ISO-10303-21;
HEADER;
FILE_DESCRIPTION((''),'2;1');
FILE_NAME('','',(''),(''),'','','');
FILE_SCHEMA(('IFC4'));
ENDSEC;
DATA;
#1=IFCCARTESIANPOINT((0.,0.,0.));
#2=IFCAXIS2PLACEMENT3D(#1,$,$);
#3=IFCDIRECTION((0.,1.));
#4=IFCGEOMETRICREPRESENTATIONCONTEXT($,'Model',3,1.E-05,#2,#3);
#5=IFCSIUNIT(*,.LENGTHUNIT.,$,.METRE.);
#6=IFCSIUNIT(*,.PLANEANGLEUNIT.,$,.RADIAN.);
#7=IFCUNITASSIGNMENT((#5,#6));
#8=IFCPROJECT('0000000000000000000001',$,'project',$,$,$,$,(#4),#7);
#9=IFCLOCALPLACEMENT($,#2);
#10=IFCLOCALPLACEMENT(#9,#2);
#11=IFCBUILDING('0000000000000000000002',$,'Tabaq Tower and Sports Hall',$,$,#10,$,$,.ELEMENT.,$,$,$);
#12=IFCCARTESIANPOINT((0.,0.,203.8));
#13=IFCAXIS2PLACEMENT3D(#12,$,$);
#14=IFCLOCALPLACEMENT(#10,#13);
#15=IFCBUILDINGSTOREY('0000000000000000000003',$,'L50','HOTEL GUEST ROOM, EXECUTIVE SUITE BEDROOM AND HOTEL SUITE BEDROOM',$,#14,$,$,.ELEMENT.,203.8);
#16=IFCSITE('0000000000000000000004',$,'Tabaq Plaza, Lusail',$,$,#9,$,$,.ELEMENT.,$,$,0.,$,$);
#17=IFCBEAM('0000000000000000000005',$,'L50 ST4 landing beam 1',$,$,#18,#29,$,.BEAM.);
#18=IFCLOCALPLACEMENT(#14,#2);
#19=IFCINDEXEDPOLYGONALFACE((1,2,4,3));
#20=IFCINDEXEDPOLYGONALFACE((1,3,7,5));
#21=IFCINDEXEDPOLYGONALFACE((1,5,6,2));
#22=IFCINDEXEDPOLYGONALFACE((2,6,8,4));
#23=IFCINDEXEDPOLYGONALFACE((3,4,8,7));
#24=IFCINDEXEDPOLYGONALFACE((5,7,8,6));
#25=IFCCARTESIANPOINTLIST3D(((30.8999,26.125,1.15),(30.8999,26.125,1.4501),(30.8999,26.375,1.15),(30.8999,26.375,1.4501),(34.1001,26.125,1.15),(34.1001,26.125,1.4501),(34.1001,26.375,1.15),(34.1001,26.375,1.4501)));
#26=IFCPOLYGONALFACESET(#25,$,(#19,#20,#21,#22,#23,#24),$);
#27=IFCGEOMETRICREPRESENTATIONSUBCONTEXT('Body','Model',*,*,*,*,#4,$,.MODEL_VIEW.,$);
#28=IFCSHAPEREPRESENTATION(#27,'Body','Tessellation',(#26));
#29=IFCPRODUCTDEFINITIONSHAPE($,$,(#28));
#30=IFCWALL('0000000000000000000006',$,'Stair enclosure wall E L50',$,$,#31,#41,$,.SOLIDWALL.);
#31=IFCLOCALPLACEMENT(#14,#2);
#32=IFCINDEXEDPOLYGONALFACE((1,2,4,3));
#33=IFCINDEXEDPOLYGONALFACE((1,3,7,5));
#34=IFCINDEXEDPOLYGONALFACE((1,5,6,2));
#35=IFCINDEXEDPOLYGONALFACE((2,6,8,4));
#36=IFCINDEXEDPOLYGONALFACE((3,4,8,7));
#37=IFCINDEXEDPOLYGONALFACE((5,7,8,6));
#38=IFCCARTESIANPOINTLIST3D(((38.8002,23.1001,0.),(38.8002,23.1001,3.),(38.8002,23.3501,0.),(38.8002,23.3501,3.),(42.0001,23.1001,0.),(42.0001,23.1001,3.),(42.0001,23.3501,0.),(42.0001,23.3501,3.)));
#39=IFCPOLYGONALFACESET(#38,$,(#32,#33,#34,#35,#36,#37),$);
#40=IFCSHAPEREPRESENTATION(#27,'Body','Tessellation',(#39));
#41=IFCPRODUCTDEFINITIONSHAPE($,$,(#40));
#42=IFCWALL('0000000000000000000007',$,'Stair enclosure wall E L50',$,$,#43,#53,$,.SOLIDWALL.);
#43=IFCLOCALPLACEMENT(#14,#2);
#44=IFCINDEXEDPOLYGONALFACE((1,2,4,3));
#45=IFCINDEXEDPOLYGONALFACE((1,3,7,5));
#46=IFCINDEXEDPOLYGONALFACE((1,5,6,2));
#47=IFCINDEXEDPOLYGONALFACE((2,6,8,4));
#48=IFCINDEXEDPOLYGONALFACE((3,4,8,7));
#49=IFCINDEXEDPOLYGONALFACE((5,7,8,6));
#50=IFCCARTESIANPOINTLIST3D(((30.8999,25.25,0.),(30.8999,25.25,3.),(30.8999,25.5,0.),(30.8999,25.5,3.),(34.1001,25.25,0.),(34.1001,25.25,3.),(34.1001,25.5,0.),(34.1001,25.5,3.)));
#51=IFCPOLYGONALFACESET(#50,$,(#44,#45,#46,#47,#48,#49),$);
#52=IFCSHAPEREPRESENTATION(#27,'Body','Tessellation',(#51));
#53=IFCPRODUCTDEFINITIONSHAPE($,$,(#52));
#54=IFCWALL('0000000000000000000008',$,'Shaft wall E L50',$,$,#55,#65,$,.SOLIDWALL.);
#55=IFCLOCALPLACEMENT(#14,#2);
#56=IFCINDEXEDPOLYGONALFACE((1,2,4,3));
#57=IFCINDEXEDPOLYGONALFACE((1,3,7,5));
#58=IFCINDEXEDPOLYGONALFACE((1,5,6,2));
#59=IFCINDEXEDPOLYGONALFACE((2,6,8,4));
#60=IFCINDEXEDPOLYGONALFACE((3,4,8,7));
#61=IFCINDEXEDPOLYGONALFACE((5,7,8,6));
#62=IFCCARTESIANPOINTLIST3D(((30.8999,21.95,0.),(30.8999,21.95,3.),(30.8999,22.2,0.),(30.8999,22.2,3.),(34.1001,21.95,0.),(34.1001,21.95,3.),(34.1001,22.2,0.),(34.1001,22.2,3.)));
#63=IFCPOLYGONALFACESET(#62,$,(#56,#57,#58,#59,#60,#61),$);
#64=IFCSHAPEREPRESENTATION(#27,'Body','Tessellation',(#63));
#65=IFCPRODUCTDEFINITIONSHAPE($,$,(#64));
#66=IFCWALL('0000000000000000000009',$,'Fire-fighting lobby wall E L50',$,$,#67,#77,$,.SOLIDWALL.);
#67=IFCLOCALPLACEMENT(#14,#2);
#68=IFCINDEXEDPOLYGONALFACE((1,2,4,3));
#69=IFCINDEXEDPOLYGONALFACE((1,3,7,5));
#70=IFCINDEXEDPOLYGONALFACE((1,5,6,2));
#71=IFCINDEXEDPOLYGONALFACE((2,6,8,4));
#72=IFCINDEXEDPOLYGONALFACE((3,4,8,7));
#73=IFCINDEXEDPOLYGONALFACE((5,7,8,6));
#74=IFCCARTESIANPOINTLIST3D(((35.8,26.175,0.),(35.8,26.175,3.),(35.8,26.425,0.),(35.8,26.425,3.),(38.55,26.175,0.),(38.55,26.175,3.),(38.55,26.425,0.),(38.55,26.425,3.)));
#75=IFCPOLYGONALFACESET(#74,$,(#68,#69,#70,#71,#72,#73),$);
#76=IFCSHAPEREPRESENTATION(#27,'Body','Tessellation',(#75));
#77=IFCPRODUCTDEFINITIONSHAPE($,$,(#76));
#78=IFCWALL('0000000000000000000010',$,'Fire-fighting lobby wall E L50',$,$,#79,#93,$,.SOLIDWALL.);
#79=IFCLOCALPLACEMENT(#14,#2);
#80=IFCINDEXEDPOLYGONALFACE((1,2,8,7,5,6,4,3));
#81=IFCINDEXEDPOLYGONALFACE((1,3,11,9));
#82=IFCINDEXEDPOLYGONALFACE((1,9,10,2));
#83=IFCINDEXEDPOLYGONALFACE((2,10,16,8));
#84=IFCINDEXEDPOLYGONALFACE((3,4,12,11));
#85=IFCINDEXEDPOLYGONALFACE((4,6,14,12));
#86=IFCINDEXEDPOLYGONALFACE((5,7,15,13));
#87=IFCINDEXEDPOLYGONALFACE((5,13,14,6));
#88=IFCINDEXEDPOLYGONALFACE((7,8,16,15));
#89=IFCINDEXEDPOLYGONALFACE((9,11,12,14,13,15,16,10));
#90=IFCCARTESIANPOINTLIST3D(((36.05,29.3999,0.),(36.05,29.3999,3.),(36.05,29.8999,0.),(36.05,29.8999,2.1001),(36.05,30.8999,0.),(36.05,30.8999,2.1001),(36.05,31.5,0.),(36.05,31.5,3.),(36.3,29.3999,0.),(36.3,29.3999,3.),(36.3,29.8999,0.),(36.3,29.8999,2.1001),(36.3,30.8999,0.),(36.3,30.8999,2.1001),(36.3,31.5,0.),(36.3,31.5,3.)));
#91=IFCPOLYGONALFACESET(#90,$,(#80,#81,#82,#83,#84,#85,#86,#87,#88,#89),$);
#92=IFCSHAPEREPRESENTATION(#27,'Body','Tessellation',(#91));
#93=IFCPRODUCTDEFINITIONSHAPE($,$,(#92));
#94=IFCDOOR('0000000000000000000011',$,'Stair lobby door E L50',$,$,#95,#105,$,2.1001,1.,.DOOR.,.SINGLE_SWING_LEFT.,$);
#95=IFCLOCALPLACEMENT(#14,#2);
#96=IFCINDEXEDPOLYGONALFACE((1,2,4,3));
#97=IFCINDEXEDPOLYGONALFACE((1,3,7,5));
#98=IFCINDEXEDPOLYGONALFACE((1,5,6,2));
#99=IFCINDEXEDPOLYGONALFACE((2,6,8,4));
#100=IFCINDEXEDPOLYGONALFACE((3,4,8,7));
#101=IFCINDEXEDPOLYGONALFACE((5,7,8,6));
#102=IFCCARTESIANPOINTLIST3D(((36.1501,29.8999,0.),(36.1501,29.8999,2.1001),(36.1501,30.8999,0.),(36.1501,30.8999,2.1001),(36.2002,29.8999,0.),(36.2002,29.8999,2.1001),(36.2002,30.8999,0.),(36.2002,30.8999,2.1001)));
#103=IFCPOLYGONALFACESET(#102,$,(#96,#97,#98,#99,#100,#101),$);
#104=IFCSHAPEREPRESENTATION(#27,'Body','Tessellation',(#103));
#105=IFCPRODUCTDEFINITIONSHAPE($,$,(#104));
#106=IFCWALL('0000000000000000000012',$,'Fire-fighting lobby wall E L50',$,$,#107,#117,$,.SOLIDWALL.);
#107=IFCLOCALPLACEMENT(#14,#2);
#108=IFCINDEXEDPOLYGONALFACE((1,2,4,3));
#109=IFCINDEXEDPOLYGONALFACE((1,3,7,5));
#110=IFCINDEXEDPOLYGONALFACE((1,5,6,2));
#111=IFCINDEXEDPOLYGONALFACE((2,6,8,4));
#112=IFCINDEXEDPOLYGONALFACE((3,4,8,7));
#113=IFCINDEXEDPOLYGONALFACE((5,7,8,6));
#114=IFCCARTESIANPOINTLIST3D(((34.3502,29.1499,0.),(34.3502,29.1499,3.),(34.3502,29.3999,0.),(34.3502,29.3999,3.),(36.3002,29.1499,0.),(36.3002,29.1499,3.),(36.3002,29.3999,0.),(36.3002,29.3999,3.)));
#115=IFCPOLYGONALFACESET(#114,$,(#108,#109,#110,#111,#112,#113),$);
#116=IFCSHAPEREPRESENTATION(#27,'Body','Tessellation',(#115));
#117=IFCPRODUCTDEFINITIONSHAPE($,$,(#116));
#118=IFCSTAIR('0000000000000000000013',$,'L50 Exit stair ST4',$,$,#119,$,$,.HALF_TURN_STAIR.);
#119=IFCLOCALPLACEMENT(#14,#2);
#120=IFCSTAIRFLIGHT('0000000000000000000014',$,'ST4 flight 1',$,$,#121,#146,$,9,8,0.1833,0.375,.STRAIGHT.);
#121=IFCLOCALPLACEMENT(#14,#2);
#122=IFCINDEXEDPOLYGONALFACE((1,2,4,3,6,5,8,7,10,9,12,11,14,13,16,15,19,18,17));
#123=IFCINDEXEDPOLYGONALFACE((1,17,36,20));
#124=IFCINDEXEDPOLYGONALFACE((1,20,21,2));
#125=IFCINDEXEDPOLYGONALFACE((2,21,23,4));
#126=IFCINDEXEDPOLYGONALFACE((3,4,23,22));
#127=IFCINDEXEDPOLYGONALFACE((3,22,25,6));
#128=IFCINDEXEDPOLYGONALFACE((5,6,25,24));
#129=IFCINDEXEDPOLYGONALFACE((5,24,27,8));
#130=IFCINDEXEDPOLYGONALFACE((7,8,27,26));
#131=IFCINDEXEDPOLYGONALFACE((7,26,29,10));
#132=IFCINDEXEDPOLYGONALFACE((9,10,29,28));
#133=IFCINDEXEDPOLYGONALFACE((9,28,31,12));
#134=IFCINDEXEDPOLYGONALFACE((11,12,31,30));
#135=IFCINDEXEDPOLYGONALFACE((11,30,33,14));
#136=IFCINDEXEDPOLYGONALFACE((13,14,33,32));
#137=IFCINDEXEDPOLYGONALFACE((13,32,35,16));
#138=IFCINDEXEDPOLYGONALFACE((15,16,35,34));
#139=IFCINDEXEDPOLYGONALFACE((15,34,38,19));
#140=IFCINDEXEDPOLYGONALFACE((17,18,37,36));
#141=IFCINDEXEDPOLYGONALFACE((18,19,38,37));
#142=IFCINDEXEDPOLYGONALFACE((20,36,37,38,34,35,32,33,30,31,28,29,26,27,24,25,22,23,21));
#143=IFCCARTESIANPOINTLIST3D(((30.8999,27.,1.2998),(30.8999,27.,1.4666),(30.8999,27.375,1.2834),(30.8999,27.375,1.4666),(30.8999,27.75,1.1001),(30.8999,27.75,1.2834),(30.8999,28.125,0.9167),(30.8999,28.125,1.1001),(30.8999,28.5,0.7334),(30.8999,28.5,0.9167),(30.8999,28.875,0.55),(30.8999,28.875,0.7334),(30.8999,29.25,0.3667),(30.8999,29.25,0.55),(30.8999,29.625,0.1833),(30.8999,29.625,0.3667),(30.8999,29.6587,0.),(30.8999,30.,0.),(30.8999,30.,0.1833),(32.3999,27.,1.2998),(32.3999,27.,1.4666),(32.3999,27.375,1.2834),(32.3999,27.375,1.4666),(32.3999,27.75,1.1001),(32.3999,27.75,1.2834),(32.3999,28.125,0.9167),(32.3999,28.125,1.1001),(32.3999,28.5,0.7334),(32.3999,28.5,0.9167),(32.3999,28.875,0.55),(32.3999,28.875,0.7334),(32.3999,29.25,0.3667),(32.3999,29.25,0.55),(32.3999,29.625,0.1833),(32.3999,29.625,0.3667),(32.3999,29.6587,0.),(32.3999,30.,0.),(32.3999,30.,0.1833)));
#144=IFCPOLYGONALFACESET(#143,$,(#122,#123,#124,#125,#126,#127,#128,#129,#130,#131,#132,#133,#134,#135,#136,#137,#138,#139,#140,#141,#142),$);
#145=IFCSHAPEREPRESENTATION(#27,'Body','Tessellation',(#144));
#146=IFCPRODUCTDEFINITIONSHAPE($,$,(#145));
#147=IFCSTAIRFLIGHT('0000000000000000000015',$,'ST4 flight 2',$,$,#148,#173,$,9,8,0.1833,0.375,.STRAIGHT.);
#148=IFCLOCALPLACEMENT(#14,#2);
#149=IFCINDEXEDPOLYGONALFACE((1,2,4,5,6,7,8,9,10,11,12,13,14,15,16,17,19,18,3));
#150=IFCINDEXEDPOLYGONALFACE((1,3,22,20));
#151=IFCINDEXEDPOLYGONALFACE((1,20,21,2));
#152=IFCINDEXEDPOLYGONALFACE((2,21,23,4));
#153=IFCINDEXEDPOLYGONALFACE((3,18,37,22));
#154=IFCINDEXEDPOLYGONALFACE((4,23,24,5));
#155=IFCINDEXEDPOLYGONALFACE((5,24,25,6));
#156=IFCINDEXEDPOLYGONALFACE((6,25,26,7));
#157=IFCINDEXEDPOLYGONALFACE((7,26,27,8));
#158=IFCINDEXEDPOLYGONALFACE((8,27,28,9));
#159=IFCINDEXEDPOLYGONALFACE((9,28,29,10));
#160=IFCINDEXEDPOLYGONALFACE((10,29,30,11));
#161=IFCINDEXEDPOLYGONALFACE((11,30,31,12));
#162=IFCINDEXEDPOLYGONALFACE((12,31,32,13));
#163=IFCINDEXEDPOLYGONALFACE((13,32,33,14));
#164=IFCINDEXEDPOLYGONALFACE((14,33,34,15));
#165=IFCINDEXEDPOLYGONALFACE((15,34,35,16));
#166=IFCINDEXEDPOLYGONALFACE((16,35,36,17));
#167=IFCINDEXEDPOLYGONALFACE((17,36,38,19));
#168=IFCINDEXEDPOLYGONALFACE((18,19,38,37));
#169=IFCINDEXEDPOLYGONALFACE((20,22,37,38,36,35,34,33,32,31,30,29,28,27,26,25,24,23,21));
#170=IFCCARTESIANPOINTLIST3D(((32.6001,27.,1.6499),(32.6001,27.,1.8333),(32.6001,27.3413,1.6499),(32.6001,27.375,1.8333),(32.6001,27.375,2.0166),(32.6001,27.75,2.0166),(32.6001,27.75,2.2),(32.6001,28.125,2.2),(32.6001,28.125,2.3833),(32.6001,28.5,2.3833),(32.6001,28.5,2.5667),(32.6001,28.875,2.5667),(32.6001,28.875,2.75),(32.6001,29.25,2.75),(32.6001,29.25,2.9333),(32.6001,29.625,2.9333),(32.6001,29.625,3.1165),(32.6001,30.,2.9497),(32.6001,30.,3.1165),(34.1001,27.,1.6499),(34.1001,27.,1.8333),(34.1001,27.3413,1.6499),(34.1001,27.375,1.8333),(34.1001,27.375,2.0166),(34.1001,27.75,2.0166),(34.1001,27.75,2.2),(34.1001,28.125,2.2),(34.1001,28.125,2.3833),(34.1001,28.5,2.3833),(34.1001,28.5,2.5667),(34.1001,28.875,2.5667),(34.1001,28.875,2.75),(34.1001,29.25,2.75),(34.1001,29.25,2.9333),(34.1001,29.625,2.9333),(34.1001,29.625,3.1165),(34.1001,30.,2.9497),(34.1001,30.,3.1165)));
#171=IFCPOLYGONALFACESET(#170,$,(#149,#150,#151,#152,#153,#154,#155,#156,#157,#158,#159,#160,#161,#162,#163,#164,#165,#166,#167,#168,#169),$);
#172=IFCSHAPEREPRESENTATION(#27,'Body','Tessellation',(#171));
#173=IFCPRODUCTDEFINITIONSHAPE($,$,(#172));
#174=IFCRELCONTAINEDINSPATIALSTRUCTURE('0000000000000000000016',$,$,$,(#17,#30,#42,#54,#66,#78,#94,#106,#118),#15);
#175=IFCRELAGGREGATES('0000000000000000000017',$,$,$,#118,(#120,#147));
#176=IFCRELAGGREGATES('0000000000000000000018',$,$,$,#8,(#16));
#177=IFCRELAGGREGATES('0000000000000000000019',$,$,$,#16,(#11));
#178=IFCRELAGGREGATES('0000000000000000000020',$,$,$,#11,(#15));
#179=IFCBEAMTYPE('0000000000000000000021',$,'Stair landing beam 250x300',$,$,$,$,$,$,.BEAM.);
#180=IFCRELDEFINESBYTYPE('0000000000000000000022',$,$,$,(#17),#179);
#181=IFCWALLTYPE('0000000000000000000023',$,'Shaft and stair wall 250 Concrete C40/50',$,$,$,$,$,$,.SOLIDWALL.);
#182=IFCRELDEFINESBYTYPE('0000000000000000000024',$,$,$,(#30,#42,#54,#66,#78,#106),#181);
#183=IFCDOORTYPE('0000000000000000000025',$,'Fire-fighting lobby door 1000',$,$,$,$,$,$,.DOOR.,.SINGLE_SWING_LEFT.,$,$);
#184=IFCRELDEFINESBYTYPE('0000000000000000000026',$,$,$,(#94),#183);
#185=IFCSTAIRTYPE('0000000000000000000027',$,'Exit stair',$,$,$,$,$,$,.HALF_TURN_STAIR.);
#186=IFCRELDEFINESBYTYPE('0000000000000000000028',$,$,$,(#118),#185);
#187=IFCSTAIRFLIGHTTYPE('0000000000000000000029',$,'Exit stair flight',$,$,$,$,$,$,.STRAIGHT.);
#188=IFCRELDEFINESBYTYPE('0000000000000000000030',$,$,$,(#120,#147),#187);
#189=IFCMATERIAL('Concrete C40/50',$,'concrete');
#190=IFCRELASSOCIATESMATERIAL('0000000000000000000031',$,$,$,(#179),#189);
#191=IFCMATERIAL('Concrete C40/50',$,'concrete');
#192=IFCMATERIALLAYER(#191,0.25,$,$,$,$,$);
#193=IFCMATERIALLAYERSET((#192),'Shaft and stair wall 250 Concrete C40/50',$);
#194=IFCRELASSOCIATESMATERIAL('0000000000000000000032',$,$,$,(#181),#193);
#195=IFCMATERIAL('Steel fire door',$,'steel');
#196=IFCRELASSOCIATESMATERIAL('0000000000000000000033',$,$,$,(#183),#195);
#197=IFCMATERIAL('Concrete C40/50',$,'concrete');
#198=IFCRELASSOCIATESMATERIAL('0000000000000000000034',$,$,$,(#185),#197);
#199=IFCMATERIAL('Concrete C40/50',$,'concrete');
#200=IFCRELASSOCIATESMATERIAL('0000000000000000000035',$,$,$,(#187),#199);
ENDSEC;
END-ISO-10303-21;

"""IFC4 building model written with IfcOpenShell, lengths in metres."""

from ifc_helpers import new_model, si_unit, direction, frame, frame_2d, origin, origin_2d, place, context, subcontext, project, spatial, polyline, rectangle, outline, extrude, material, layer, layer_set, material_profile, profile_set, type_object, element, fill, aggregate, save


model = new_model("IFC4")

# Units and contexts
model_context = context("Model", 3, precision=1e-05, world=origin(), true_north=direction((0.0, 1.0)))
body_context = subcontext(model_context, "Body", "Model", "MODEL_VIEW")
ifc_project = project(units=[si_unit("LENGTHUNIT", "METRE"), si_unit("PLANEANGLEUNIT", "RADIAN")], contexts=[model_context])

# Site, building, storey
site_placement = place(None, origin())
site = spatial("IfcSite", under=ifc_project, at=site_placement, Name="Tabaq Plaza, Lusail", CompositionType="ELEMENT", RefElevation=0.0)
building_placement = place(site_placement, origin())
building = spatial("IfcBuilding", under=site, at=building_placement, Name="Tabaq Tower and Sports Hall", CompositionType="ELEMENT")
storey_placement = place(building_placement, frame((0.0, 0.0, 203.8)))
storey = spatial("IfcBuildingStorey", under=building, at=storey_placement, Name="L50", Description="HOTEL GUEST ROOM, EXECUTIVE SUITE BEDROOM AND HOTEL SUITE BEDROOM", CompositionType="ELEMENT", Elevation=203.8)

# Beam
ifc_material_1 = material(Name="Concrete C40/50", Category="concrete")
ifc_material_profile = material_profile(ifc_material_1, rectangle(XDim=0.25, YDim=0.3, at=origin_2d()), Name="RC 250x300")
ifc_profile_set = profile_set([ifc_material_profile], Name="Concrete C40/50")
beam_type = type_object("IfcBeamType", Name="Stair landing beam 250x300", PredefinedType="BEAM", material=ifc_profile_set)
beam_placement = place(storey_placement, frame((30.8999, 26.25, 1.3), z_axis=(1.0, 0.0, 0.0), x_axis=(0.0, 1.0, 0.0)))
element("IfcBeam", 1, at=beam_placement, inside=storey, type_object=beam_type, Name="L50 ST4 landing beam 1", PredefinedType="BEAM", context=body_context, shape_type="SweptSolid", body=[
    extrude(rectangle(XDim=0.25, YDim=0.3, at=origin_2d()), origin(), (0.0, 0.0, 1.0), 3.2002),
])

# Walls
ifc_material_2 = material(Name="Concrete C40/50", Category="concrete")
ifc_layer = layer(ifc_material_2, 0.25)
ifc_layer_set = layer_set([ifc_layer], Name="Shaft and stair wall 250 Concrete C40/50")
wall_type = type_object("IfcWallType", Name="Shaft and stair wall 250 Concrete C40/50", PredefinedType="SOLIDWALL", material=ifc_layer_set)
wall_1_placement = place(storey_placement, frame((38.8, 23.2251, 0.0), z_axis=(0.0, 0.0, 1.0), x_axis=(1.0, 0.0, 0.0)))
element("IfcWall", 2, at=wall_1_placement, inside=storey, type_object=wall_type, Name="Stair enclosure wall E L50", PredefinedType="SOLIDWALL", context=body_context, shape_type="SweptSolid", body=[
    extrude(rectangle(XDim=3.2, YDim=0.25, at=frame_2d((1.6001, 0.0))), origin(), (0.0, 0.0, 1.0), 3.0),
])
for number, where, z_axis, x_axis, name in (
    (3, (30.8999, 25.375, 0.0), (0.0, 0.0, 1.0), (1.0, 0.0, 0.0), "Stair enclosure wall E L50"),
    (4, (30.8999, 22.075, 0.0), (0.0, 0.0, 1.0), (1.0, 0.0, 0.0), "Shaft wall E L50"),
):
    element("IfcWall", number, at=place(storey_placement, frame(where, z_axis=z_axis, x_axis=x_axis)), inside=storey, type_object=wall_type, Name=name, PredefinedType="SOLIDWALL", context=body_context, shape_type="SweptSolid", body=[
        extrude(rectangle(XDim=3.2002, YDim=0.25, at=frame_2d((1.6001, 0.0))), origin(), (0.0, 0.0, 1.0), 3.0),
    ])
wall_2_placement = place(storey_placement, frame((35.8, 26.3, 0.0), z_axis=(0.0, 0.0, 1.0), x_axis=(1.0, 0.0, 0.0)))
element("IfcWall", 5, at=wall_2_placement, inside=storey, type_object=wall_type, Name="Fire-fighting lobby wall E L50", PredefinedType="SOLIDWALL", context=body_context, shape_type="SweptSolid", body=[
    extrude(rectangle(XDim=2.75, YDim=0.25, at=frame_2d((1.375, 0.0))), origin(), (0.0, 0.0, 1.0), 3.0),
])

# Wall, opening, door
wall_3_placement = place(storey_placement, frame((36.175, 29.3999, 0.0), z_axis=(0.0, 0.0, 1.0), x_axis=(0.0, 1.0, 0.0)))
wall_3 = element("IfcWall", 6, at=wall_3_placement, inside=storey, type_object=wall_type, Name="Fire-fighting lobby wall E L50", PredefinedType="SOLIDWALL", context=body_context, shape_type="SweptSolid", body=[
    extrude(rectangle(XDim=2.1001, YDim=0.25, at=frame_2d((1.05, 0.0))), origin(), (0.0, 0.0, 1.0), 3.0),
])
opening_placement = place(wall_3_placement, frame((0.5, 0.0, 0.0)))
opening = element("IfcOpeningElement", 7, at=opening_placement, cuts=wall_3, PredefinedType="OPENING", context=body_context, shape_type="SweptSolid", body=[
    extrude(rectangle(XDim=1.0, YDim=2.1001, at=frame_2d((0.5, 1.05))), frame((0.0, 0.125, 0.0), z_axis=(0.0, -1.0, 0.0), x_axis=(1.0, 0.0, 0.0)), (0.0, 0.0, 1.0), 0.25),
])
ifc_material_3 = material(Name="Steel fire door", Category="steel")
door_type = type_object("IfcDoorType", Name="Fire-fighting lobby door 1000", OperationType="SINGLE_SWING_LEFT", PredefinedType="DOOR", material=ifc_material_3)
door_placement = place(opening_placement, origin())
door = element("IfcDoor", 8, at=door_placement, inside=storey, type_object=door_type, Name="Stair lobby door E L50", OperationType="SINGLE_SWING_LEFT", OverallHeight=2.1001, OverallWidth=1.0, PredefinedType="DOOR", context=body_context, shape_type="SweptSolid", body=[
    extrude(rectangle(XDim=1.0, YDim=2.1001, at=frame_2d((0.5, 1.05))), frame((0.0, 0.0249, 0.0), z_axis=(0.0, -1.0, 0.0), x_axis=(1.0, 0.0, 0.0)), (0.0, 0.0, 1.0), 0.05),
])
fill(opening, door)

# Wall
wall_4_placement = place(storey_placement, frame((34.3501, 29.2749, 0.0), z_axis=(0.0, 0.0, 1.0), x_axis=(1.0, 0.0, 0.0)))
element("IfcWall", 9, at=wall_4_placement, inside=storey, type_object=wall_type, Name="Fire-fighting lobby wall E L50", PredefinedType="SOLIDWALL", context=body_context, shape_type="SweptSolid", body=[
    extrude(rectangle(XDim=1.95, YDim=0.25, at=frame_2d((0.9751, 0.0))), origin(), (0.0, 0.0, 1.0), 3.0),
])

# Stair, stair flights
ifc_material_4 = material(Name="Concrete C40/50", Category="concrete")
stair_type = type_object("IfcStairType", Name="Exit stair", PredefinedType="HALF_TURN_STAIR", material=ifc_material_4)
stair_placement = place(storey_placement, origin())
stair = element("IfcStair", 10, at=stair_placement, inside=storey, type_object=stair_type, Name="L50 Exit stair ST4", PredefinedType="HALF_TURN_STAIR")
ifc_material_5 = material(Name="Concrete C40/50", Category="concrete")
stair_flight_type = type_object("IfcStairFlightType", Name="Exit stair flight", PredefinedType="STRAIGHT", material=ifc_material_5)
stair_flight_1_placement = place(storey_placement, frame((31.6499, 30.0, 0.0), z_axis=(0.0, 0.0, 1.0), x_axis=(0.0, -1.0, 0.0)))
stair_flight_1 = element("IfcStairFlight", 11, at=stair_flight_1_placement, type_object=stair_flight_type, Name="ST4 flight 1", NumberOfRisers=9, NumberOfTreads=8, PredefinedType="STRAIGHT", RiserHeight=0.1833, TreadLength=0.375, context=body_context, shape_type="SweptSolid", body=[
    extrude(outline(polyline([(0.0, 0.0), (0.0, 0.1833), (0.375, 0.1833), (0.375, 0.3667), (0.75, 0.3667), (0.75, 0.55), (1.125, 0.55), (1.125, 0.7334), (1.5, 0.7334), (1.5, 0.9167), (1.875, 0.9167), (1.875, 1.1001), (2.25, 1.1001), (2.25, 1.2834), (2.625, 1.2834), (2.625, 1.4666), (3.0, 1.4666), (3.0, 1.6499), (3.0, 1.2998), (0.3413, 0.0), (0.0, 0.0)])), frame((0.0, 0.75, 0.0), z_axis=(0.0, -1.0, 0.0), x_axis=(1.0, 0.0, 0.0)), (0.0, 0.0, 1.0), 1.5),
])
stair_flight_2_placement = place(storey_placement, frame((33.3501, 27.0, 1.6499), z_axis=(0.0, 0.0, 1.0), x_axis=(0.0, 1.0, 0.0)))
stair_flight_2 = element("IfcStairFlight", 12, at=stair_flight_2_placement, type_object=stair_flight_type, Name="ST4 flight 2", NumberOfRisers=9, NumberOfTreads=8, PredefinedType="STRAIGHT", RiserHeight=0.1833, TreadLength=0.375, context=body_context, shape_type="SweptSolid", body=[
    extrude(outline(polyline([(0.0, 0.0), (0.0, 0.1833), (0.375, 0.1833), (0.375, 0.3667), (0.75, 0.3667), (0.75, 0.55), (1.125, 0.55), (1.125, 0.7334), (1.5, 0.7334), (1.5, 0.9167), (1.875, 0.9167), (1.875, 1.1001), (2.25, 1.1001), (2.25, 1.2834), (2.625, 1.2834), (2.625, 1.4666), (3.0, 1.4666), (3.0, 1.6499), (3.0, 1.2998), (0.3413, 0.0), (0.0, 0.0)])), frame((0.0, 0.75, 0.0), z_axis=(0.0, -1.0, 0.0), x_axis=(1.0, 0.0, 0.0)), (0.0, 0.0, 1.0), 1.5),
])
aggregate(stair, [stair_flight_1, stair_flight_2])

save(model, "model.ifc")
